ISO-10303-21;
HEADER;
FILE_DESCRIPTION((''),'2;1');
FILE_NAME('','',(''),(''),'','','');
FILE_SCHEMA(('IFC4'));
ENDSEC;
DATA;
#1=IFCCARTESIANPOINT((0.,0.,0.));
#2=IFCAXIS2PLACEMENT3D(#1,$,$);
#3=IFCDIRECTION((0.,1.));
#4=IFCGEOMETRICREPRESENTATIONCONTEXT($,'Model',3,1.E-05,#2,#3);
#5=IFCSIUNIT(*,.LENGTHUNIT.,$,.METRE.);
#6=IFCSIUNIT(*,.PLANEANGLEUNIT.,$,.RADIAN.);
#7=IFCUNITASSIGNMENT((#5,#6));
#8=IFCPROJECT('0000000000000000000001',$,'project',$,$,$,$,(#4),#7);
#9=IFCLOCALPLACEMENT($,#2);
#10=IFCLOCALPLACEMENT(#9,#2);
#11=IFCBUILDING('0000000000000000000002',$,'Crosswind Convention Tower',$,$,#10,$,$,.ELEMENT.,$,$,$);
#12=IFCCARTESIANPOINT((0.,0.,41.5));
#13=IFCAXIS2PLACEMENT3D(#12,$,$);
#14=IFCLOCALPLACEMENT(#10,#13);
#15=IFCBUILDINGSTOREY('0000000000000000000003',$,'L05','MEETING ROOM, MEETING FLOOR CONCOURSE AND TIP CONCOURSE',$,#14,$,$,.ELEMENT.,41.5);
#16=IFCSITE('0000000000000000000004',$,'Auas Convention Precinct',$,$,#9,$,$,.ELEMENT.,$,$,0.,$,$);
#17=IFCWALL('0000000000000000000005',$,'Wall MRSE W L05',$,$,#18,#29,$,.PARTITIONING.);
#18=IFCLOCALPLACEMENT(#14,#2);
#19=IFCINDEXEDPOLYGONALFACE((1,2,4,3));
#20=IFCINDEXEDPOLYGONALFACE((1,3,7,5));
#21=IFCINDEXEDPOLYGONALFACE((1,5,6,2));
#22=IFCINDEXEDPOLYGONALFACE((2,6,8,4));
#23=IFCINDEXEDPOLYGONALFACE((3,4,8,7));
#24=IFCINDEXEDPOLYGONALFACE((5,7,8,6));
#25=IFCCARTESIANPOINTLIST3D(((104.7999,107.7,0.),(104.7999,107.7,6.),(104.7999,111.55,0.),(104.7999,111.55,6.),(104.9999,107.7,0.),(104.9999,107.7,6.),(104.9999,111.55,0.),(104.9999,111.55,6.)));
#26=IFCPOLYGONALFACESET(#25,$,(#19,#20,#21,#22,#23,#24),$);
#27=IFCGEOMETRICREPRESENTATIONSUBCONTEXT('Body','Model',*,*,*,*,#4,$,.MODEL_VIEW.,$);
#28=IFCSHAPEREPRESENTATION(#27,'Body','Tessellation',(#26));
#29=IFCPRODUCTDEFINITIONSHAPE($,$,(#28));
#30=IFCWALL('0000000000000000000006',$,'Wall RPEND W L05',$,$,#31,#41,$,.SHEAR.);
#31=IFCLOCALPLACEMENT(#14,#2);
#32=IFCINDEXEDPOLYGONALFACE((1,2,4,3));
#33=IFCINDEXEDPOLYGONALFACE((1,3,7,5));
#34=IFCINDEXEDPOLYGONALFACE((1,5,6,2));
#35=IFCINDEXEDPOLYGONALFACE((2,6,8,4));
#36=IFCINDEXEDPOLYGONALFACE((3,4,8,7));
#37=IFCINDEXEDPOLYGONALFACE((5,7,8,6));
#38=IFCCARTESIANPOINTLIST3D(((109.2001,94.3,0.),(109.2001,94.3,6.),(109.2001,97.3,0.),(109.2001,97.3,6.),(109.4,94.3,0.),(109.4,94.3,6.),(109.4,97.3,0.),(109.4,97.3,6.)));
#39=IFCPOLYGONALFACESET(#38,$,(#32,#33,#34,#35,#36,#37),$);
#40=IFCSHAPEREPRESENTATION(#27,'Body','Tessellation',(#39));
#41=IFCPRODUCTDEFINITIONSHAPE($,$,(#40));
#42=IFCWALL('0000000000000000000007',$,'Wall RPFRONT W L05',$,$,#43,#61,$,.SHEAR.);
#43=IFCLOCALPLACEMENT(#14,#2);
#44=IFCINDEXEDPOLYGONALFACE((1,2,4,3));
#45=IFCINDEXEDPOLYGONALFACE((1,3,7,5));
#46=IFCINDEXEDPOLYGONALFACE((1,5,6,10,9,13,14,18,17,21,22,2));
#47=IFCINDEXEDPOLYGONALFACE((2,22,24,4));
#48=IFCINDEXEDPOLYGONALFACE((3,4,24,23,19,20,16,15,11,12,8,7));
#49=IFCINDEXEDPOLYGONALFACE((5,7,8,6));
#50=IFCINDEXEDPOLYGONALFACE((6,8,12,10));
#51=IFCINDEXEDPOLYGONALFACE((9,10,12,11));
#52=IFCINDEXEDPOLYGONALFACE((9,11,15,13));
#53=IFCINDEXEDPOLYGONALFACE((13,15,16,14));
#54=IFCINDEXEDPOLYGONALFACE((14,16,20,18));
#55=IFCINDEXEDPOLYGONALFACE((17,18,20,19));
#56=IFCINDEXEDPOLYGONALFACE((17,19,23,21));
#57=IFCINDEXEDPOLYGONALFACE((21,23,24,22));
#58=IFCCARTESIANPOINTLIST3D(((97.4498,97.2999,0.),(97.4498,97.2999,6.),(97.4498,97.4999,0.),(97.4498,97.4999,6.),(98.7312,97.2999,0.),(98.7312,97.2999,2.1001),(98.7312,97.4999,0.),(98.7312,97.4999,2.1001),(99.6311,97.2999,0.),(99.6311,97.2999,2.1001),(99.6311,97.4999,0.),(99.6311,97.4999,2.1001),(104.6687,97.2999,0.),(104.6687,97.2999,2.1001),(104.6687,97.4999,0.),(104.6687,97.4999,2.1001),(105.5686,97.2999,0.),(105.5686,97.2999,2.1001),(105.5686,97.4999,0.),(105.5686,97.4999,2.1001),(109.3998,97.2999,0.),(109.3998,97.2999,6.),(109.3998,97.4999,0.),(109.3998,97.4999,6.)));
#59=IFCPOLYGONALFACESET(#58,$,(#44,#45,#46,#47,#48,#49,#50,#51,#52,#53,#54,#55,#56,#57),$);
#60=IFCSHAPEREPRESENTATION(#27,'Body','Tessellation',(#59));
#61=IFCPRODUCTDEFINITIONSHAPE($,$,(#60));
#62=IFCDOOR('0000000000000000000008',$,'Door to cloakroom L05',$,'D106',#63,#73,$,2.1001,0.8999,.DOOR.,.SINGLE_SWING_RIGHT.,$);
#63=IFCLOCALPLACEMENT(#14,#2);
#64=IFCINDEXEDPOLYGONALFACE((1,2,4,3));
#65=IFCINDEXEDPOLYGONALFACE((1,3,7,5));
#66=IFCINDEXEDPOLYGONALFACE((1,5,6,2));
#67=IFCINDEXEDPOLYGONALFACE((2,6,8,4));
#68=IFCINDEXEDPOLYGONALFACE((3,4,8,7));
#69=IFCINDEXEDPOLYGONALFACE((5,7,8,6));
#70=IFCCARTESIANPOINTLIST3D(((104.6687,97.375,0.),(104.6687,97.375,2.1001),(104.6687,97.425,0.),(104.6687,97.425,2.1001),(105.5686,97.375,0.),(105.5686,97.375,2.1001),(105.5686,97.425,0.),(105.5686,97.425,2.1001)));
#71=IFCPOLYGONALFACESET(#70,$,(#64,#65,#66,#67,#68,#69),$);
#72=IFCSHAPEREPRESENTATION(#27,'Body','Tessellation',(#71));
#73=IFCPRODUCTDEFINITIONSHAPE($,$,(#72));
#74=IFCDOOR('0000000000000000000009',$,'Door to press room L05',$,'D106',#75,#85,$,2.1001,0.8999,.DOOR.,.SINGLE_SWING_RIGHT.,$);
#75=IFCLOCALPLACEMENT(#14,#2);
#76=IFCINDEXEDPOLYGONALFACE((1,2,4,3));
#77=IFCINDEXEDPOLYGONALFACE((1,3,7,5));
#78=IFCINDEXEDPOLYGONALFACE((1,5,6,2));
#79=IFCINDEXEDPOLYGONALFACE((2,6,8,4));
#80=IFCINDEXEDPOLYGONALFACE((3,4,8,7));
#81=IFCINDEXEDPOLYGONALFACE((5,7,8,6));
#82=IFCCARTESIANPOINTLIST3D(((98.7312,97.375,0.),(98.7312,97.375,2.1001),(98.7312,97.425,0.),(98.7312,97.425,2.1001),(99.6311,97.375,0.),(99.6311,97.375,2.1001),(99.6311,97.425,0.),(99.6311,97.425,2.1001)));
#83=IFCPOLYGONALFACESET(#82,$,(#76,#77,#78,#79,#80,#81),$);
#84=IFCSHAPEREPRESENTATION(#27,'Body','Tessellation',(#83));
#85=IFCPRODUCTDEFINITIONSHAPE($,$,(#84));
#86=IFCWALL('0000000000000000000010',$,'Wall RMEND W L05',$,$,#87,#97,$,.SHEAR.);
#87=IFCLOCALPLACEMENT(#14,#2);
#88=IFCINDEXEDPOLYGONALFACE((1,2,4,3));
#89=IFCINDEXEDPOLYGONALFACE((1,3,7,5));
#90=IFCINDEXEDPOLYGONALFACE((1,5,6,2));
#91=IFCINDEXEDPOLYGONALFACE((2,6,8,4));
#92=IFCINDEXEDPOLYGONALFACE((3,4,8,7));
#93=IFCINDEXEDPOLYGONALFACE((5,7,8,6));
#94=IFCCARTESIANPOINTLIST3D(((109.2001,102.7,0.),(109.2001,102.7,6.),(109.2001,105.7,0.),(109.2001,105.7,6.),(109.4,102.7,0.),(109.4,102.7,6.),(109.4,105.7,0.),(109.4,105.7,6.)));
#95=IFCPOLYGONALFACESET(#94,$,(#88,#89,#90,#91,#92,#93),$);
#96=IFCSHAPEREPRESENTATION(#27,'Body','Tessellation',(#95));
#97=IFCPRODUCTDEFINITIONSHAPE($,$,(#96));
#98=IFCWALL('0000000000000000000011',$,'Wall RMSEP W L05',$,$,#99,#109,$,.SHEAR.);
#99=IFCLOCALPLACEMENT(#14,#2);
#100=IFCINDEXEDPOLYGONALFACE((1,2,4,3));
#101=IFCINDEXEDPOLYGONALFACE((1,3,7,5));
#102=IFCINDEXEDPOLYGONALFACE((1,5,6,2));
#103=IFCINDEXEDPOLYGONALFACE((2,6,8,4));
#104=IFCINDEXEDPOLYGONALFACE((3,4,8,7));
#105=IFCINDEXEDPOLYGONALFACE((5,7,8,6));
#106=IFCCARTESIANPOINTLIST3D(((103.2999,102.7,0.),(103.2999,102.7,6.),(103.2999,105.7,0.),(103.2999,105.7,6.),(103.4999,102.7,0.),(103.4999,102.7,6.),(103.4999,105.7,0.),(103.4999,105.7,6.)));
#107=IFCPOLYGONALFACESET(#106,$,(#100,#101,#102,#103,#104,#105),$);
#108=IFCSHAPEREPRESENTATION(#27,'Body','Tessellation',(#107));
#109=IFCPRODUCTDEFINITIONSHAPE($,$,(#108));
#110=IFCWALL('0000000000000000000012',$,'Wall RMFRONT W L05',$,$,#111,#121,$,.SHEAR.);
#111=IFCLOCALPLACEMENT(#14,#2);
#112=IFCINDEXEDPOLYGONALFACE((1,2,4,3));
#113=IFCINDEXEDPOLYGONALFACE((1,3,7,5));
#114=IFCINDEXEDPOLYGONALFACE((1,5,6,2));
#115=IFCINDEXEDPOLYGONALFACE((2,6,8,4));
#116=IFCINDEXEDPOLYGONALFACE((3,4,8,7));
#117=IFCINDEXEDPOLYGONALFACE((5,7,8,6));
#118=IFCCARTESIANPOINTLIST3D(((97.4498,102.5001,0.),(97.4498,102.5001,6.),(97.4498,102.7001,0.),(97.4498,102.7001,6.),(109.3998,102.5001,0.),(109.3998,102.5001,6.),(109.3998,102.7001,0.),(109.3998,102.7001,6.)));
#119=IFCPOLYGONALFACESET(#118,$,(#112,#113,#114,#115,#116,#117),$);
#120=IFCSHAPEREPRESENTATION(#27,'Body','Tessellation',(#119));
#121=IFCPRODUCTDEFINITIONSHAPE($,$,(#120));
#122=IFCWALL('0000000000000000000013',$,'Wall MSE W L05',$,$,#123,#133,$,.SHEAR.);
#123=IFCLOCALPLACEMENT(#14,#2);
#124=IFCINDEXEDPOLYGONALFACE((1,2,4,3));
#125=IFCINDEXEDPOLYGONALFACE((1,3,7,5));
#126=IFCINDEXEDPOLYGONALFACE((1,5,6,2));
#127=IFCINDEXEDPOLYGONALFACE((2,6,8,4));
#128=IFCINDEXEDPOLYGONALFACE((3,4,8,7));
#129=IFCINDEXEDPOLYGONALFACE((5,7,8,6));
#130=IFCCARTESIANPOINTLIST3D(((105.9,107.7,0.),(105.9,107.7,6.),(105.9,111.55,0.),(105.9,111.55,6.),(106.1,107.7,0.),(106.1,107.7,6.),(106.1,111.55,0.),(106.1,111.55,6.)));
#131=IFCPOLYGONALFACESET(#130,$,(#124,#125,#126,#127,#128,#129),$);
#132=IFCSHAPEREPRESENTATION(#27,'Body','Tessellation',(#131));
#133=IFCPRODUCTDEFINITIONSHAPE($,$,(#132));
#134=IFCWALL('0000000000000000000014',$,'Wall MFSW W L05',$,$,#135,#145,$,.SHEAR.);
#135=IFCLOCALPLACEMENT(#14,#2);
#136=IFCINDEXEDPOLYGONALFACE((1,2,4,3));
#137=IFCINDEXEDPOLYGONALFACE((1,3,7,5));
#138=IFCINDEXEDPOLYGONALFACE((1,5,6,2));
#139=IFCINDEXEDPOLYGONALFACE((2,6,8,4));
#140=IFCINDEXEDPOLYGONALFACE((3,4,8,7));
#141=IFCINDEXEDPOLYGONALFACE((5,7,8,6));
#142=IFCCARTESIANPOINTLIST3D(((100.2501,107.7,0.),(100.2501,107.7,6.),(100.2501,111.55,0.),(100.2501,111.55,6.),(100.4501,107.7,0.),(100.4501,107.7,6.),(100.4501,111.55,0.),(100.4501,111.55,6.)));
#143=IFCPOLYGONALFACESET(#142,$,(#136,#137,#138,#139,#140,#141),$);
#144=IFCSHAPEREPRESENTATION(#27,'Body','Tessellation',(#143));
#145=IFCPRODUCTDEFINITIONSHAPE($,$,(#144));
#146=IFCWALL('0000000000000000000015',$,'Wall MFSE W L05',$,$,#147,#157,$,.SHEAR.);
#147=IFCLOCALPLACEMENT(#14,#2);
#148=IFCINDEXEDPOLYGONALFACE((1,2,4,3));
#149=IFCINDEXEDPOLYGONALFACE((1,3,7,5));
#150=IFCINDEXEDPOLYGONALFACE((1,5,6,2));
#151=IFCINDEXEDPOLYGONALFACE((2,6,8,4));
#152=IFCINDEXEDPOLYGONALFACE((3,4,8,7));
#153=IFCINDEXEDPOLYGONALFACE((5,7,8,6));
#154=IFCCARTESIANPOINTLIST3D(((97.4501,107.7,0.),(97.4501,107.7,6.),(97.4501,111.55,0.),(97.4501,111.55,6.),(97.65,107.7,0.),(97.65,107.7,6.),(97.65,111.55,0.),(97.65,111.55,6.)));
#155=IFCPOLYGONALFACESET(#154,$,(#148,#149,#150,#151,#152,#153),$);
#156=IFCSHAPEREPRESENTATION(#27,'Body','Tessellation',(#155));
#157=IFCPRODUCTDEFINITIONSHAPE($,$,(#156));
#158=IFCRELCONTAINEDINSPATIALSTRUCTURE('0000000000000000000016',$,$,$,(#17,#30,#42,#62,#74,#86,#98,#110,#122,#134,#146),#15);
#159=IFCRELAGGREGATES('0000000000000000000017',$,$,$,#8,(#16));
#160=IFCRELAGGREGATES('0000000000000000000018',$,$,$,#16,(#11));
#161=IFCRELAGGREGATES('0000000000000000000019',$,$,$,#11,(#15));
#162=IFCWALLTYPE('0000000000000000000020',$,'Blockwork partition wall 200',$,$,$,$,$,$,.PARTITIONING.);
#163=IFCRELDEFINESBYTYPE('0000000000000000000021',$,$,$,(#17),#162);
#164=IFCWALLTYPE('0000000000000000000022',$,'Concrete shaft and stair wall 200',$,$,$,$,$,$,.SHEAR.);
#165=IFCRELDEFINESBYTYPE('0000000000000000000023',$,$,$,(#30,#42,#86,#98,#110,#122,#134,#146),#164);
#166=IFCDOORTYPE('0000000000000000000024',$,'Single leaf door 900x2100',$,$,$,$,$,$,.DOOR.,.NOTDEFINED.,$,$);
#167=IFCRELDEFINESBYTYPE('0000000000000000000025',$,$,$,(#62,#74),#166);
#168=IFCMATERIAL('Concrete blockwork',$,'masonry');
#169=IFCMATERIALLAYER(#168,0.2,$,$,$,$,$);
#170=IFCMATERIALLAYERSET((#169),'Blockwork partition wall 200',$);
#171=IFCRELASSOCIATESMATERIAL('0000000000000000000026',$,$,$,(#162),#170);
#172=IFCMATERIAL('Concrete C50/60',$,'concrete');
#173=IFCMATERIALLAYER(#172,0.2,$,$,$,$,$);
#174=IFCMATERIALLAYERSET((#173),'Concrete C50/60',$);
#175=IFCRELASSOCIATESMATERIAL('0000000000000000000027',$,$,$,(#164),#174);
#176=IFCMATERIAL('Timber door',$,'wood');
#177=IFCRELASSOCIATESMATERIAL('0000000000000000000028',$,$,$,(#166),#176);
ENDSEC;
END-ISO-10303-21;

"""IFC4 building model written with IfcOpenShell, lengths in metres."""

from ifc_helpers import new_model, si_unit, direction, frame, frame_2d, origin, place, context, subcontext, project, spatial, rectangle, extrude, material, layer, layer_set, type_object, element, fill, save


model = new_model("IFC4")

# Units and contexts
model_context = context("Model", 3, precision=1e-05, world=origin(), true_north=direction((0.0, 1.0)))
body_context = subcontext(model_context, "Body", "Model", "MODEL_VIEW")
ifc_project = project(units=[si_unit("LENGTHUNIT", "METRE"), si_unit("PLANEANGLEUNIT", "RADIAN")], contexts=[model_context])

# Site, building, storey
site_placement = place(None, origin())
site = spatial("IfcSite", under=ifc_project, at=site_placement, Name="Auas Convention Precinct", CompositionType="ELEMENT", RefElevation=0.0)
building_placement = place(site_placement, origin())
building = spatial("IfcBuilding", under=site, at=building_placement, Name="Crosswind Convention Tower", CompositionType="ELEMENT")
storey_placement = place(building_placement, frame((0.0, 0.0, 41.5)))
storey = spatial("IfcBuildingStorey", under=building, at=storey_placement, Name="L05", Description="MEETING ROOM, MEETING FLOOR CONCOURSE AND TIP CONCOURSE", CompositionType="ELEMENT", Elevation=41.5)

# Walls
ifc_material_1 = material(Name="Concrete blockwork", Category="masonry")
ifc_layer_1 = layer(ifc_material_1, 0.2)
ifc_layer_set_1 = layer_set([ifc_layer_1], Name="Blockwork partition wall 200")
wall_type_1 = type_object("IfcWallType", Name="Blockwork partition wall 200", PredefinedType="PARTITIONING", material=ifc_layer_set_1)
wall_1_placement = place(storey_placement, frame((104.8999, 111.55, 0.0), z_axis=(0.0, 0.0, 1.0), x_axis=(0.0, -1.0, 0.0)))
element("IfcWall", 1, at=wall_1_placement, inside=storey, type_object=wall_type_1, Name="Wall MRSE W L05", PredefinedType="PARTITIONING", context=body_context, shape_type="SweptSolid", body=[
    extrude(rectangle(XDim=3.8501, YDim=0.2, at=frame_2d((1.925, 0.0))), origin(), (0.0, 0.0, 1.0), 6.0),
])
ifc_material_2 = material(Name="Concrete C50/60", Category="concrete")
ifc_layer_2 = layer(ifc_material_2, 0.2)
ifc_layer_set_2 = layer_set([ifc_layer_2], Name="Concrete C50/60")
wall_type_2 = type_object("IfcWallType", Name="Concrete shaft and stair wall 200", PredefinedType="SHEAR", material=ifc_layer_set_2)
wall_2_placement = place(storey_placement, frame((109.3, 97.3, 0.0), z_axis=(0.0, 0.0, 1.0), x_axis=(0.0, -1.0, 0.0)))
element("IfcWall", 2, at=wall_2_placement, inside=storey, type_object=wall_type_2, Name="Wall RPEND W L05", PredefinedType="SHEAR", context=body_context, shape_type="SweptSolid", body=[
    extrude(rectangle(XDim=3.0, YDim=0.2, at=frame_2d((1.5, 0.0))), origin(), (0.0, 0.0, 1.0), 6.0),
])

# Wall, openings, doors
wall_3_placement = place(storey_placement, frame((109.3999, 97.3999, 0.0), z_axis=(0.0, 0.0, 1.0), x_axis=(-1.0, 0.0, 0.0)))
wall_3 = element("IfcWall", 3, at=wall_3_placement, inside=storey, type_object=wall_type_2, Name="Wall RPFRONT W L05", PredefinedType="SHEAR", context=body_context, shape_type="SweptSolid", body=[
    extrude(rectangle(XDim=11.95, YDim=0.2, at=frame_2d((5.9751, 0.0))), origin(), (0.0, 0.0, 1.0), 6.0),
])
opening_1_placement = place(wall_3_placement, frame((3.8313, 0.0, 0.0)))
opening_1 = element("IfcOpeningElement", 4, at=opening_1_placement, cuts=wall_3, PredefinedType="OPENING", context=body_context, shape_type="SweptSolid", body=[
    extrude(rectangle(XDim=0.8999, YDim=2.1001, at=frame_2d((0.45, 1.05))), frame((0.0, 0.1099, 0.0), z_axis=(0.0, -1.0, 0.0), x_axis=(1.0, 0.0, 0.0)), (0.0, 0.0, 1.0), 0.22),
])
opening_2_placement = place(wall_3_placement, frame((9.7688, 0.0, 0.0)))
opening_2 = element("IfcOpeningElement", 5, at=opening_2_placement, cuts=wall_3, PredefinedType="OPENING", context=body_context, shape_type="SweptSolid", body=[
    extrude(rectangle(XDim=0.8999, YDim=2.1001, at=frame_2d((0.45, 1.05))), frame((0.0, 0.1099, 0.0), z_axis=(0.0, -1.0, 0.0), x_axis=(1.0, 0.0, 0.0)), (0.0, 0.0, 1.0), 0.22),
])
ifc_material_3 = material(Name="Timber door", Category="wood")
door_type_1 = type_object("IfcDoorType", Name="Single leaf door 900x2100", OperationType="NOTDEFINED", PredefinedType="DOOR", material=ifc_material_3)
door_1_placement = place(opening_1_placement, origin())
door_1 = element("IfcDoor", 6, at=door_1_placement, inside=storey, type_object=door_type_1, Name="Door to cloakroom L05", ObjectType="D106", OperationType="SINGLE_SWING_RIGHT", OverallHeight=2.1001, OverallWidth=0.8999, PredefinedType="DOOR", context=body_context, shape_type="SweptSolid", body=[
    extrude(rectangle(XDim=0.8999, YDim=2.1001, at=frame_2d((0.45, 1.05))), frame((0.0, 0.0249, 0.0), z_axis=(0.0, -1.0, 0.0), x_axis=(1.0, 0.0, 0.0)), (0.0, 0.0, 1.0), 0.05),
])
fill(opening_1, door_1)
door_2_placement = place(opening_2_placement, origin())
door_2 = element("IfcDoor", 7, at=door_2_placement, inside=storey, type_object=door_type_1, Name="Door to press room L05", ObjectType="D106", OperationType="SINGLE_SWING_RIGHT", OverallHeight=2.1001, OverallWidth=0.8999, PredefinedType="DOOR", context=body_context, shape_type="SweptSolid", body=[
    extrude(rectangle(XDim=0.8999, YDim=2.1001, at=frame_2d((0.45, 1.05))), frame((0.0, 0.0249, 0.0), z_axis=(0.0, -1.0, 0.0), x_axis=(1.0, 0.0, 0.0)), (0.0, 0.0, 1.0), 0.05),
])
fill(opening_2, door_2)

# Walls
for number, where, z_axis, x_axis, name in (
    (8, (109.3, 105.7, 0.0), (0.0, 0.0, 1.0), (0.0, -1.0, 0.0), "Wall RMEND W L05"),
    (9, (103.3999, 105.7, 0.0), (0.0, 0.0, 1.0), (0.0, -1.0, 0.0), "Wall RMSEP W L05"),
):
    element("IfcWall", number, at=place(storey_placement, frame(where, z_axis=z_axis, x_axis=x_axis)), inside=storey, type_object=wall_type_2, Name=name, PredefinedType="SHEAR", context=body_context, shape_type="SweptSolid", body=[
        extrude(rectangle(XDim=3.0, YDim=0.2, at=frame_2d((1.5, 0.0))), origin(), (0.0, 0.0, 1.0), 6.0),
    ])
wall_4_placement = place(storey_placement, frame((109.3999, 102.6001, 0.0), z_axis=(0.0, 0.0, 1.0), x_axis=(-1.0, 0.0, 0.0)))
element("IfcWall", 10, at=wall_4_placement, inside=storey, type_object=wall_type_2, Name="Wall RMFRONT W L05", PredefinedType="SHEAR", context=body_context, shape_type="SweptSolid", body=[
    extrude(rectangle(XDim=11.95, YDim=0.2, at=frame_2d((5.9751, 0.0))), origin(), (0.0, 0.0, 1.0), 6.0),
])
for number, where, z_axis, x_axis, name in (
    (11, (106.0, 111.55, 0.0), (0.0, 0.0, 1.0), (0.0, -1.0, 0.0), "Wall MSE W L05"),
    (12, (100.3501, 111.55, 0.0), (0.0, 0.0, 1.0), (0.0, -1.0, 0.0), "Wall MFSW W L05"),
    (13, (97.55, 111.55, 0.0), (0.0, 0.0, 1.0), (0.0, -1.0, 0.0), "Wall MFSE W L05"),
):
    element("IfcWall", number, at=place(storey_placement, frame(where, z_axis=z_axis, x_axis=x_axis)), inside=storey, type_object=wall_type_2, Name=name, PredefinedType="SHEAR", context=body_context, shape_type="SweptSolid", body=[
        extrude(rectangle(XDim=3.8501, YDim=0.2, at=frame_2d((1.925, 0.0))), origin(), (0.0, 0.0, 1.0), 6.0),
    ])

save(model, "model.ifc")
